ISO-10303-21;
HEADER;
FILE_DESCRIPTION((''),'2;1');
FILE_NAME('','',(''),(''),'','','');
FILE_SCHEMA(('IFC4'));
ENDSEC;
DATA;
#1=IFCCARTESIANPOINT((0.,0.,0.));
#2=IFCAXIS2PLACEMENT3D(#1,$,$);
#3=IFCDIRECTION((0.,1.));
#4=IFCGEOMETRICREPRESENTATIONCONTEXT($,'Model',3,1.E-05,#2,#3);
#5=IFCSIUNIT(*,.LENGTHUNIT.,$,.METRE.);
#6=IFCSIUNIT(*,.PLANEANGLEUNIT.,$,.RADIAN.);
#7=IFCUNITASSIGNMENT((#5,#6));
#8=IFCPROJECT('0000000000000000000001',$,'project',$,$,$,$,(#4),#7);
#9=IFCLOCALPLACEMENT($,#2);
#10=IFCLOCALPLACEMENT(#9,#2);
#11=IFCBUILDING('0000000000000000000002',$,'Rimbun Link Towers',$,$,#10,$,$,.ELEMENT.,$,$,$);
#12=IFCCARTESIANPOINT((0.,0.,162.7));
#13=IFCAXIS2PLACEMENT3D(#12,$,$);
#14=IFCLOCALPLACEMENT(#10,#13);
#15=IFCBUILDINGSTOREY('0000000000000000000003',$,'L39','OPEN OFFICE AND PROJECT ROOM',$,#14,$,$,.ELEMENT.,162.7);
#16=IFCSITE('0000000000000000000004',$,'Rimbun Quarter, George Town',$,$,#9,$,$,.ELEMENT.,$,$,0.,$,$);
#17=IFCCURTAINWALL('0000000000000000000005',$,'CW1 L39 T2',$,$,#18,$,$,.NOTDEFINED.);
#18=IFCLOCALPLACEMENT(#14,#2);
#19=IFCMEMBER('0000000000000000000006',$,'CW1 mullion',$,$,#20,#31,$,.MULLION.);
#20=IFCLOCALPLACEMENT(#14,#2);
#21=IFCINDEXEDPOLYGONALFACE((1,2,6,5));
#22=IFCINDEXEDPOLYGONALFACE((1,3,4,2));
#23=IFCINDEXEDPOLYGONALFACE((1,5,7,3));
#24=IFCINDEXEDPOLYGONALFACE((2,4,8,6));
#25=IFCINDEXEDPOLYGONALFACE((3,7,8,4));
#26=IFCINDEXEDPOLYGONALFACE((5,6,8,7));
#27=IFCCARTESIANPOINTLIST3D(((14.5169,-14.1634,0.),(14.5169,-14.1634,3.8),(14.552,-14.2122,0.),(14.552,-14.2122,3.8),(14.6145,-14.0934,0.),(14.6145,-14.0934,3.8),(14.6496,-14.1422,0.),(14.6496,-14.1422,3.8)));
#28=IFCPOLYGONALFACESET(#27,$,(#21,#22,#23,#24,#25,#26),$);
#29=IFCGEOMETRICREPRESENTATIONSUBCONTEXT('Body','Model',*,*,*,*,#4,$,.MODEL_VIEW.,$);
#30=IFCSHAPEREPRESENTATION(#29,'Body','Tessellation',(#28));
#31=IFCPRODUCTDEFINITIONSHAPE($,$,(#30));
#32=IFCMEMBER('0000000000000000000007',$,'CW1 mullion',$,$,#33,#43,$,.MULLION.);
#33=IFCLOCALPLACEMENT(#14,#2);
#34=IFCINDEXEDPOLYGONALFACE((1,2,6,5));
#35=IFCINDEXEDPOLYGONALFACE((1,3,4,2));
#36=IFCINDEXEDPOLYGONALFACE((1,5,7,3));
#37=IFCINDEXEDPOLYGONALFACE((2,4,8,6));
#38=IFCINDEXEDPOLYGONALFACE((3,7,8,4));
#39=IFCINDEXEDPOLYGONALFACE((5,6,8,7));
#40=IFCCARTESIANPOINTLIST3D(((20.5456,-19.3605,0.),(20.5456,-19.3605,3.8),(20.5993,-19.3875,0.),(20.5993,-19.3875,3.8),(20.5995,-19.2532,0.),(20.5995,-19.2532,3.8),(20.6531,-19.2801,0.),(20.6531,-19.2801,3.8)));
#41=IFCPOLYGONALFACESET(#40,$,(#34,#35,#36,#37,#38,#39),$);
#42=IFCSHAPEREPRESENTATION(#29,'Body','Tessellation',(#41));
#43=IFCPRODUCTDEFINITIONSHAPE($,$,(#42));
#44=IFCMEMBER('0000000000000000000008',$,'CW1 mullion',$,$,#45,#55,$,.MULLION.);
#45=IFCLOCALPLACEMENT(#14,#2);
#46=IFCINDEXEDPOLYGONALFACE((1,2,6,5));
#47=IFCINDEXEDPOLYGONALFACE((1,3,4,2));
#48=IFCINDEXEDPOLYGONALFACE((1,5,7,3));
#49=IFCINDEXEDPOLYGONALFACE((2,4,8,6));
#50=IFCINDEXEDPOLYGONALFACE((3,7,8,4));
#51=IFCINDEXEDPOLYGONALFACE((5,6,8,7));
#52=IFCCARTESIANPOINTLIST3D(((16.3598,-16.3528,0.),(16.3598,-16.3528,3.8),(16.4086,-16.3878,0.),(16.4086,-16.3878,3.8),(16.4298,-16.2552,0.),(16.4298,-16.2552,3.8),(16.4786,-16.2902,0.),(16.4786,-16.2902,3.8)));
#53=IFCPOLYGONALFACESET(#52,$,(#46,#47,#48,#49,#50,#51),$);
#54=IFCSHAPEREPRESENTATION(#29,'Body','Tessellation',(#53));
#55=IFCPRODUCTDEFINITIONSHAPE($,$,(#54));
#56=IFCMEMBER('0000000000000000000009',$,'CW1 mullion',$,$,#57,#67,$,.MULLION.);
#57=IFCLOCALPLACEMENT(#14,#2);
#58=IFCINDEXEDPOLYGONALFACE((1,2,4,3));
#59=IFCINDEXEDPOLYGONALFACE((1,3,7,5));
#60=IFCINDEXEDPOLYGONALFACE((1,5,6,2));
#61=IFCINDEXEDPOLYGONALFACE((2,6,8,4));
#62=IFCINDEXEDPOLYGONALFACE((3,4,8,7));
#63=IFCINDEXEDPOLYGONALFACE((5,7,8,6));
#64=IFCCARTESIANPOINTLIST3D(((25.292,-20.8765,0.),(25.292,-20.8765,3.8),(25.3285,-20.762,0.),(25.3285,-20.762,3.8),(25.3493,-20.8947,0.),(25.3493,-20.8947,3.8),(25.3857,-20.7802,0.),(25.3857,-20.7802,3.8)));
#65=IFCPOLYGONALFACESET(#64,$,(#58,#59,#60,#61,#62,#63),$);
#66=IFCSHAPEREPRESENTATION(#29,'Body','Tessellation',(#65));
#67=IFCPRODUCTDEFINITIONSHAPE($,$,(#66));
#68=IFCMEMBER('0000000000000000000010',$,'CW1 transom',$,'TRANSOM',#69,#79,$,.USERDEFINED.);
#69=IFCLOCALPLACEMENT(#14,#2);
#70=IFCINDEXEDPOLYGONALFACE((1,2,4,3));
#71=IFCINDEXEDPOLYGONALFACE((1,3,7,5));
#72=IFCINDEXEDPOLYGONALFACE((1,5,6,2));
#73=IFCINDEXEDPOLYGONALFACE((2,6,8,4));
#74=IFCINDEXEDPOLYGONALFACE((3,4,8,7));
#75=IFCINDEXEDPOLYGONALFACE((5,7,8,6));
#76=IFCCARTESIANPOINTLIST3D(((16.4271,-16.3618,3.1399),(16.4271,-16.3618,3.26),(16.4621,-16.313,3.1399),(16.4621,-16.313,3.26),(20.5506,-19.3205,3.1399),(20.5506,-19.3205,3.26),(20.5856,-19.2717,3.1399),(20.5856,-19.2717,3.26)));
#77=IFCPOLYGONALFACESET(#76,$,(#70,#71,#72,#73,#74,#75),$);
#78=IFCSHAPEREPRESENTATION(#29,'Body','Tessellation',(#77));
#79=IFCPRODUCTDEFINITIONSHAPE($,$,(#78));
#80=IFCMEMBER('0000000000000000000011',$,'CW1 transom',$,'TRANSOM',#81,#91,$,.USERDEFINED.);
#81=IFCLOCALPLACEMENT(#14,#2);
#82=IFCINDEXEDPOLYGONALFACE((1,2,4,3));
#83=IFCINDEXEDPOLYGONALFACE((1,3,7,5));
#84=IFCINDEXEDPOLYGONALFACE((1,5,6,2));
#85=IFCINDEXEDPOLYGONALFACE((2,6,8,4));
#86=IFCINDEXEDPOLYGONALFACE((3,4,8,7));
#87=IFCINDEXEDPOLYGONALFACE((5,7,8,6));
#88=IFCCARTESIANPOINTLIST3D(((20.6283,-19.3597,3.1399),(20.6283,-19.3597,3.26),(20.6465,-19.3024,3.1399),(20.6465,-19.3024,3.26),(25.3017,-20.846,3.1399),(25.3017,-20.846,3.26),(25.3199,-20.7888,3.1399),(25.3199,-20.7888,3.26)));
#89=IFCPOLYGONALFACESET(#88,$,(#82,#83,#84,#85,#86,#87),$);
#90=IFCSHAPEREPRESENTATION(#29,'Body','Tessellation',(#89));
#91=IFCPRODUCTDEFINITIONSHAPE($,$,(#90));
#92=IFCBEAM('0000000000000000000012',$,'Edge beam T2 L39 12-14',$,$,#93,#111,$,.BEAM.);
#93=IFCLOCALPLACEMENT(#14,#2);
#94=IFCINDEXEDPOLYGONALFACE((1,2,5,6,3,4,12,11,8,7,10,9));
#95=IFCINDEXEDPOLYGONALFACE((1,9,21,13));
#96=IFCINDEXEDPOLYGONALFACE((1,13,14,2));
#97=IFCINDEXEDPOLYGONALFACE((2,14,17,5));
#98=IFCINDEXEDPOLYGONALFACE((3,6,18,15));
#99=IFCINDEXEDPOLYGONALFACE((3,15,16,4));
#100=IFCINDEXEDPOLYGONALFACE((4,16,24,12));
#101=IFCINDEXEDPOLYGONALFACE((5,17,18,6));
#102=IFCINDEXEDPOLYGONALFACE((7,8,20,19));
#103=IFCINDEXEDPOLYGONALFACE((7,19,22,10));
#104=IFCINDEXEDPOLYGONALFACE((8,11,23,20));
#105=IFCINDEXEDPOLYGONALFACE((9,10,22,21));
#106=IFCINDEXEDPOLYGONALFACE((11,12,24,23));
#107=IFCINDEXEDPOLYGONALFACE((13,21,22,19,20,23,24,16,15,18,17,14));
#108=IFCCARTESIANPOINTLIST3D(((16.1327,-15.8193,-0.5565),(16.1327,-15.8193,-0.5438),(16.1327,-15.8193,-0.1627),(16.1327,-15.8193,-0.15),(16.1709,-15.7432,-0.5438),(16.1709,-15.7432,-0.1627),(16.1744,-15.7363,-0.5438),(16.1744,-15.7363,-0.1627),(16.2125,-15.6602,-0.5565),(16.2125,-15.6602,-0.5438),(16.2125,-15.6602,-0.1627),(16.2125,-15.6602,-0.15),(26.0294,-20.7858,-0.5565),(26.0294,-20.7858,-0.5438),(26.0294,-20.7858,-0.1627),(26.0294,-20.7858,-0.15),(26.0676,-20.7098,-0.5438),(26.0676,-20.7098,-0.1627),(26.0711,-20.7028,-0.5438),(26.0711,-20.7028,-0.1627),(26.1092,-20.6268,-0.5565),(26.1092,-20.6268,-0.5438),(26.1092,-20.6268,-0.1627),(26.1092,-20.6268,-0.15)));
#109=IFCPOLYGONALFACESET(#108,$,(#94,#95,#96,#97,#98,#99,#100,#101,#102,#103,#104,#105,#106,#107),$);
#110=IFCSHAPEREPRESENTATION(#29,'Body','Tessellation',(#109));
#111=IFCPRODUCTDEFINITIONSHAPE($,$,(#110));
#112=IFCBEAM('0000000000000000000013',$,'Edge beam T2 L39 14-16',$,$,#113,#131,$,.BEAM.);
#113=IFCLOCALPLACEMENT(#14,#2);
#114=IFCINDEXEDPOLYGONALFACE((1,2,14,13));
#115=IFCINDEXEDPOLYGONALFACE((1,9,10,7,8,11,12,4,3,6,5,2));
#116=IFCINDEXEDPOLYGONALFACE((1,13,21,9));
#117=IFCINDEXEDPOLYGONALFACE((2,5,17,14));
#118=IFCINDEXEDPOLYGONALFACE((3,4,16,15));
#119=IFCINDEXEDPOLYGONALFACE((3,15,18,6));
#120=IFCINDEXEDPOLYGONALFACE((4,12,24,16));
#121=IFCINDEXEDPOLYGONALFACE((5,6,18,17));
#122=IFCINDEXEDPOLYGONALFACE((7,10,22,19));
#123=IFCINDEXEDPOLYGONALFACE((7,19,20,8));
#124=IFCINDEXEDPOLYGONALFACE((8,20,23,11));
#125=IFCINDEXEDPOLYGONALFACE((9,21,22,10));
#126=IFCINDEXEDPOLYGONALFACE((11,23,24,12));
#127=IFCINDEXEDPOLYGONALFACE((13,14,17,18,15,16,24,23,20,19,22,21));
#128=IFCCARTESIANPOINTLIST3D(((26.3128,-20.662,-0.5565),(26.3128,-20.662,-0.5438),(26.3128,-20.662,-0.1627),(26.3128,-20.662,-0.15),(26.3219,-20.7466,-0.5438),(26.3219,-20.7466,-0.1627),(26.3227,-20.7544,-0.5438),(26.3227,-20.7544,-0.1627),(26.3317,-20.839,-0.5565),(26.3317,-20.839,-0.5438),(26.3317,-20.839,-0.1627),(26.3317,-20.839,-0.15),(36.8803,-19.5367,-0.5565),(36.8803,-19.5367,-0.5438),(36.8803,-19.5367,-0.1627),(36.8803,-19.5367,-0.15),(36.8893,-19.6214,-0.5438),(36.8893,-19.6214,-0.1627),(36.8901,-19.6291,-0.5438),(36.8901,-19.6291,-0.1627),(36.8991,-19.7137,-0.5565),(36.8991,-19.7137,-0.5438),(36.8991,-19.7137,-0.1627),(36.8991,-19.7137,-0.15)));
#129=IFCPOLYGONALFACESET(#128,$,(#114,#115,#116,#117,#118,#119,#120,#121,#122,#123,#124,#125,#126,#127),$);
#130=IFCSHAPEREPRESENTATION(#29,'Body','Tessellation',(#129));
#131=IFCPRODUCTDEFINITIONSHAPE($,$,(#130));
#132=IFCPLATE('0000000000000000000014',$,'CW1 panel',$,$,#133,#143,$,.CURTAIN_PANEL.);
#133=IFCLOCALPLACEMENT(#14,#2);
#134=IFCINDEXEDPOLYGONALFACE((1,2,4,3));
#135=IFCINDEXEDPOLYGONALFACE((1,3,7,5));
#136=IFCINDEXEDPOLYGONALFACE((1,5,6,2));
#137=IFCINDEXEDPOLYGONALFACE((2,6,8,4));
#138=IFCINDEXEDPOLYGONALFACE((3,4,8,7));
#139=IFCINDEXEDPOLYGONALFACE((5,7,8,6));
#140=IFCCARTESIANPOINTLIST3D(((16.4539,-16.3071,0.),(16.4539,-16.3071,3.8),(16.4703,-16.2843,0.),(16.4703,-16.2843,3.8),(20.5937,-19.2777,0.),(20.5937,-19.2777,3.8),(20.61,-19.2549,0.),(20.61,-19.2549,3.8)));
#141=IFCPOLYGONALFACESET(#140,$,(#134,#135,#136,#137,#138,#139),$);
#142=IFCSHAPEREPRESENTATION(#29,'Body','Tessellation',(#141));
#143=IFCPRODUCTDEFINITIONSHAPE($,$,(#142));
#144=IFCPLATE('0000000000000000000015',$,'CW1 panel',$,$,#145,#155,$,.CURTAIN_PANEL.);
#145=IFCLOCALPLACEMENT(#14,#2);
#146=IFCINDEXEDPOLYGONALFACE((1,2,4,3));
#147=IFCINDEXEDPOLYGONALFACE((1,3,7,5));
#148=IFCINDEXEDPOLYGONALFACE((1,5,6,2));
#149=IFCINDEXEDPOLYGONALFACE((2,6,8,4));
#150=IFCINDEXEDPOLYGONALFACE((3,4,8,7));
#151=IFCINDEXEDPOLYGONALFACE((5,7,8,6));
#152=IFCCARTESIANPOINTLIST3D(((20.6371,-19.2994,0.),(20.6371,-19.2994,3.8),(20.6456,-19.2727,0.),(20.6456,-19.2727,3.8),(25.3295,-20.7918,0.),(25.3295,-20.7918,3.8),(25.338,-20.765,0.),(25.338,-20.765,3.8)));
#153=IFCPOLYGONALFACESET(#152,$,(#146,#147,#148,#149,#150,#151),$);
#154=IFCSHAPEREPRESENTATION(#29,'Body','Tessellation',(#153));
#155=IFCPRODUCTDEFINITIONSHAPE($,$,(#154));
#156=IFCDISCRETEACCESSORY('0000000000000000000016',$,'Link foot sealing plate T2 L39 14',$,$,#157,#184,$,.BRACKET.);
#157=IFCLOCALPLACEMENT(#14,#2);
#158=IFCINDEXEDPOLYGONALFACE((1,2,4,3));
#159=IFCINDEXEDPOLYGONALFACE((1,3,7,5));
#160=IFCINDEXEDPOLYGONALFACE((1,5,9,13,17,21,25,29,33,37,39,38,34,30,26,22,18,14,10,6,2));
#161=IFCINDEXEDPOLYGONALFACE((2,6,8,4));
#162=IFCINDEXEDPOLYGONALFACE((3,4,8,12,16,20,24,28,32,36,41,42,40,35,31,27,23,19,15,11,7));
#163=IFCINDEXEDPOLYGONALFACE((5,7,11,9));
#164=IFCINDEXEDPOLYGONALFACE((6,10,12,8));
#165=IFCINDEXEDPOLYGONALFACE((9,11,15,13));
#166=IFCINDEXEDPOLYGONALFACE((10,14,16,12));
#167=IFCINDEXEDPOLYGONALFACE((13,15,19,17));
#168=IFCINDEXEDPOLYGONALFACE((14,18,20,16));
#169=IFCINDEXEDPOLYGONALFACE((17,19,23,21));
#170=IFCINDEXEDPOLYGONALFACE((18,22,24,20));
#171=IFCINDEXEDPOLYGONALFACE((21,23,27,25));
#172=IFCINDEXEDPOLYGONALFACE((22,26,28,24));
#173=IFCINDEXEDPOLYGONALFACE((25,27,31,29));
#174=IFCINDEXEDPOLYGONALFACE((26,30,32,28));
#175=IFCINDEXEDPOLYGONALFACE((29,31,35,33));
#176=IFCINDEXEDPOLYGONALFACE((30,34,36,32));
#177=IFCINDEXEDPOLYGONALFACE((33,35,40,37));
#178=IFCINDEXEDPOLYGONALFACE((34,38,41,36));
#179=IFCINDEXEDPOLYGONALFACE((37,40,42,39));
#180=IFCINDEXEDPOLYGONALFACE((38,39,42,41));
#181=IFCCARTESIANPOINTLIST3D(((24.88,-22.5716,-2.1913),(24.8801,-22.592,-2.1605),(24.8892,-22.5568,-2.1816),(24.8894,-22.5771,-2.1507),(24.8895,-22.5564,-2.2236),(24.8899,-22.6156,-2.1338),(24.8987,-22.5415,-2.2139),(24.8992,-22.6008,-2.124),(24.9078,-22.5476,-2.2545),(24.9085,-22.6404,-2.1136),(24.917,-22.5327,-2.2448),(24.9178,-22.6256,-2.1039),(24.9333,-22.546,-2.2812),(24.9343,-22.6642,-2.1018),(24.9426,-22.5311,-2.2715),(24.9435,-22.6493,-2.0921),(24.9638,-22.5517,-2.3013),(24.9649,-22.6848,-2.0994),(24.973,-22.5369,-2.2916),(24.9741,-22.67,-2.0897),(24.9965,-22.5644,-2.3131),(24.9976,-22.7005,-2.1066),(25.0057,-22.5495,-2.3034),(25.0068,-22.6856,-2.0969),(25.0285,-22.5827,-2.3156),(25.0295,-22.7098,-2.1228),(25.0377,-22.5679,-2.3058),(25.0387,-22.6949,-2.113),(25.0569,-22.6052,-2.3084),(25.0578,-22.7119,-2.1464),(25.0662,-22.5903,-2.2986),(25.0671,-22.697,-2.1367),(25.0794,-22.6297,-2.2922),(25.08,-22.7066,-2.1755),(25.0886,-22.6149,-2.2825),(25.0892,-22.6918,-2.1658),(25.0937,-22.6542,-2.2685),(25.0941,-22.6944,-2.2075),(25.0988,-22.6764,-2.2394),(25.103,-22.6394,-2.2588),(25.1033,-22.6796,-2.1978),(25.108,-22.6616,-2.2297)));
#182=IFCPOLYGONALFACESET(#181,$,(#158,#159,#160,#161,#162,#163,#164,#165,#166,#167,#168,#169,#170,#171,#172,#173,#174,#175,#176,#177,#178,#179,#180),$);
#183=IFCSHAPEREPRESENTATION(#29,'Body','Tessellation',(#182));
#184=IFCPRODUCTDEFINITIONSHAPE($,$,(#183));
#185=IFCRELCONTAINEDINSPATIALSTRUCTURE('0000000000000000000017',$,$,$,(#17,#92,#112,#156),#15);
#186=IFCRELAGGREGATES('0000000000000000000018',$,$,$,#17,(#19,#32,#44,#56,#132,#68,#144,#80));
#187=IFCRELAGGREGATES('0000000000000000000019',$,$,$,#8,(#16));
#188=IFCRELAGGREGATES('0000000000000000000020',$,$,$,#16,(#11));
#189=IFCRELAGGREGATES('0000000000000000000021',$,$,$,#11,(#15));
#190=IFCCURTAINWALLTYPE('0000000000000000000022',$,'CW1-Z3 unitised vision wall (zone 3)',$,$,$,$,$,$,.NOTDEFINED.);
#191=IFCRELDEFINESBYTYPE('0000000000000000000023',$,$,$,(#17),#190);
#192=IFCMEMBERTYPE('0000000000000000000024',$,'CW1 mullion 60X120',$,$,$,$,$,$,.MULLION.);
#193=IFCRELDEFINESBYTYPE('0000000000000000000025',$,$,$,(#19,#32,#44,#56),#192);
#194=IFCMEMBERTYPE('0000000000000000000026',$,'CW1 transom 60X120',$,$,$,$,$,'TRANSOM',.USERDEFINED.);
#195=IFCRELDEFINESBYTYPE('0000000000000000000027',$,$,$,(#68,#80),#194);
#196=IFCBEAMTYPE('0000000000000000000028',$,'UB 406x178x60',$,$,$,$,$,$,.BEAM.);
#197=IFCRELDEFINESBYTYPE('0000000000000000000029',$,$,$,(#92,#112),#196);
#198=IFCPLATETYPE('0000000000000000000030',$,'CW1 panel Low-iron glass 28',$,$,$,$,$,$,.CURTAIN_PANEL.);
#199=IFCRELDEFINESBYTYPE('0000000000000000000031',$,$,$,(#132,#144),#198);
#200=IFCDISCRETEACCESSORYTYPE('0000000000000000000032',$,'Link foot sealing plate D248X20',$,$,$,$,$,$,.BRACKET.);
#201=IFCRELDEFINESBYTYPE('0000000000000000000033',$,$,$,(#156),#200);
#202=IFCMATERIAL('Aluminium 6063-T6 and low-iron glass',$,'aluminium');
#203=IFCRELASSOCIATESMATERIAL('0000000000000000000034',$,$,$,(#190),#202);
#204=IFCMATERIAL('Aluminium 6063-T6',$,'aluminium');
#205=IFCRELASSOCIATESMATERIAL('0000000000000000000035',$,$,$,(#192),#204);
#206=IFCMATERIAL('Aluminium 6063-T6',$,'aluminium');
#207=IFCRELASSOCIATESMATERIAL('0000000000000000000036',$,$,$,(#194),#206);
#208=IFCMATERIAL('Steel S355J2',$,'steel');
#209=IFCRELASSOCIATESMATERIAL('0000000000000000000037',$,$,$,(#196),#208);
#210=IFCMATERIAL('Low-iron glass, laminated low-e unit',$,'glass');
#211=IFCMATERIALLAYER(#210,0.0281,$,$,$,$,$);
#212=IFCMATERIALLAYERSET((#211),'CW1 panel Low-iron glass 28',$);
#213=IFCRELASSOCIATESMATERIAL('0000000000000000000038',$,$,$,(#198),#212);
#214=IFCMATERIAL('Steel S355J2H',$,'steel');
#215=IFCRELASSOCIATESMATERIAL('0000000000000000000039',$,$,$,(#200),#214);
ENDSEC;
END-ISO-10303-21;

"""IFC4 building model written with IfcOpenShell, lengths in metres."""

from ifc_helpers import new_model, si_unit, direction, frame, origin, origin_2d, place, context, subcontext, project, spatial, rectangle, circle, i_section, extrude, material, layer, layer_set, material_profile, profile_set, type_object, element, aggregate, save


model = new_model("IFC4")

# Units and contexts
model_context = context("Model", 3, precision=1e-05, world=origin(), true_north=direction((0.0, 1.0)))
body_context = subcontext(model_context, "Body", "Model", "MODEL_VIEW")
ifc_project = project(units=[si_unit("LENGTHUNIT", "METRE"), si_unit("PLANEANGLEUNIT", "RADIAN")], contexts=[model_context])

# Site, building, storey
site_placement = place(None, origin())
site = spatial("IfcSite", under=ifc_project, at=site_placement, Name="Rimbun Quarter, George Town", CompositionType="ELEMENT", RefElevation=0.0)
building_placement = place(site_placement, origin())
building = spatial("IfcBuilding", under=site, at=building_placement, Name="Rimbun Link Towers", CompositionType="ELEMENT")
storey_placement = place(building_placement, frame((0.0, 0.0, 162.7)))
storey = spatial("IfcBuildingStorey", under=building, at=storey_placement, Name="L39", Description="OPEN OFFICE AND PROJECT ROOM", CompositionType="ELEMENT", Elevation=162.7)

# Curtain wall, members
ifc_material_1 = material(Name="Aluminium 6063-T6 and low-iron glass", Category="aluminium")
curtain_wall_type = type_object("IfcCurtainWallType", Name="CW1-Z3 unitised vision wall (zone 3)", PredefinedType="NOTDEFINED", material=ifc_material_1)
curtain_wall_placement = place(storey_placement, origin())
curtain_wall = element("IfcCurtainWall", 1, at=curtain_wall_placement, inside=storey, type_object=curtain_wall_type, Name="CW1 L39 T2", PredefinedType="NOTDEFINED")
ifc_material_2 = material(Name="Aluminium 6063-T6", Category="aluminium")
ifc_material_profile_1 = material_profile(ifc_material_2, rectangle(XDim=0.1201, YDim=0.0601, at=origin_2d()), Name="MULLION 60X120")
ifc_profile_set_1 = profile_set([ifc_material_profile_1], Name="Aluminium 6063-T6")
member_type_1 = type_object("IfcMemberType", Name="CW1 mullion 60X120", PredefinedType="MULLION", material=ifc_profile_set_1)
member_1_placement = place(storey_placement, frame((14.5833, -14.1528, 0.0), z_axis=(0.0, 0.0, 1.0), x_axis=(-0.812469, -0.583004, 0.0)))
member_1 = element("IfcMember", 2, at=member_1_placement, type_object=member_type_1, Name="CW1 mullion", PredefinedType="MULLION", context=body_context, shape_type="SweptSolid", body=[
    extrude(rectangle(XDim=0.1201, YDim=0.0601, at=origin_2d()), origin(), (0.0, 0.0, 1.0), 3.8),
])
member_2_placement = place(storey_placement, frame((20.5994, -19.3203, 0.0), z_axis=(0.0, 0.0, 1.0), x_axis=(-0.448577, -0.893744, 0.0)))
member_2 = element("IfcMember", 3, at=member_2_placement, type_object=member_type_1, Name="CW1 mullion", PredefinedType="MULLION", context=body_context, shape_type="SweptSolid", body=[
    extrude(rectangle(XDim=0.1201, YDim=0.0601, at=origin_2d()), origin(), (0.0, 0.0, 1.0), 3.8),
])
member_3_placement = place(storey_placement, frame((16.4192, -16.3215, 0.0), z_axis=(0.0, 0.0, 1.0), x_axis=(-0.583004, -0.812469, 0.0)))
member_3 = element("IfcMember", 4, at=member_3_placement, type_object=member_type_1, Name="CW1 mullion", PredefinedType="MULLION", context=body_context, shape_type="SweptSolid", body=[
    extrude(rectangle(XDim=0.1201, YDim=0.0601, at=origin_2d()), origin(), (0.0, 0.0, 1.0), 3.8),
])
member_4_placement = place(storey_placement, frame((25.3389, -20.8284, 0.0), z_axis=(0.0, 0.0, 1.0), x_axis=(-0.303082, -0.952965, 0.0)))
member_4 = element("IfcMember", 5, at=member_4_placement, type_object=member_type_1, Name="CW1 mullion", PredefinedType="MULLION", context=body_context, shape_type="SweptSolid", body=[
    extrude(rectangle(XDim=0.1201, YDim=0.0601, at=origin_2d()), origin(), (0.0, 0.0, 1.0), 3.8),
])
ifc_material_3 = material(Name="Aluminium 6063-T6", Category="aluminium")
ifc_material_profile_2 = material_profile(ifc_material_3, rectangle(XDim=0.0601, YDim=0.1201, at=origin_2d()), Name="TRANSOM 60X120")
ifc_profile_set_2 = profile_set([ifc_material_profile_2], Name="Aluminium 6063-T6")
member_type_2 = type_object("IfcMemberType", Name="CW1 transom 60X120", ElementType="TRANSOM", PredefinedType="USERDEFINED", material=ifc_profile_set_2)
member_5_placement = place(storey_placement, frame((20.5681, -19.2961, 3.2), z_axis=(-0.812487, 0.58298, 0.0), x_axis=(-0.58298, -0.812487, 0.0)))
member_5 = element("IfcMember", 6, at=member_5_placement, type_object=member_type_2, Name="CW1 transom", ObjectType="TRANSOM", PredefinedType="USERDEFINED", context=body_context, shape_type="SweptSolid", body=[
    extrude(rectangle(XDim=0.0601, YDim=0.1201, at=origin_2d()), origin(), (0.0, 0.0, 1.0), 5.0752),
])
member_6_placement = place(storey_placement, frame((25.3108, -20.8174, 3.2), z_axis=(-0.952964, 0.303084, 0.0), x_axis=(-0.303084, -0.952964, 0.0)))
member_6 = element("IfcMember", 7, at=member_6_placement, type_object=member_type_2, Name="CW1 transom", ObjectType="TRANSOM", PredefinedType="USERDEFINED", context=body_context, shape_type="SweptSolid", body=[
    extrude(rectangle(XDim=0.0601, YDim=0.1201, at=origin_2d()), origin(), (0.0, 0.0, 1.0), 4.9041),
])

# Beams
ifc_material_4 = material(Name="Steel S355J2", Category="steel")
ifc_material_profile_3 = material_profile(ifc_material_4, i_section(OverallWidth=0.178, OverallDepth=0.4065, WebThickness=0.0078, FlangeThickness=0.0127, at=origin_2d()), Name="UB 406x178x60")
ifc_profile_set_3 = profile_set([ifc_material_profile_3], Name="Steel S355J2")
beam_type = type_object("IfcBeamType", Name="UB 406x178x60", PredefinedType="BEAM", material=ifc_profile_set_3)
beam_1_placement = place(storey_placement, frame((16.1726, -15.7397, -0.3533), z_axis=(0.893769, -0.448527, 0.0), x_axis=(0.448527, 0.893769, 0.0)))
element("IfcBeam", 8, at=beam_1_placement, inside=storey, type_object=beam_type, Name="Edge beam T2 L39 12-14", PredefinedType="BEAM", context=body_context, shape_type="SweptSolid", body=[
    extrude(i_section(OverallWidth=0.178, OverallDepth=0.4065, WebThickness=0.0078, FlangeThickness=0.0127, at=origin_2d()), origin(), (0.0, 0.0, 1.0), 11.073),
])
beam_2_placement = place(storey_placement, frame((26.3223, -20.7505, -0.3533), z_axis=(0.994378, 0.105884, 0.0), x_axis=(-0.105884, 0.994378, 0.0)))
element("IfcBeam", 9, at=beam_2_placement, inside=storey, type_object=beam_type, Name="Edge beam T2 L39 14-16", PredefinedType="BEAM", context=body_context, shape_type="SweptSolid", body=[
    extrude(i_section(OverallWidth=0.178, OverallDepth=0.4065, WebThickness=0.0078, FlangeThickness=0.0127, at=origin_2d()), origin(), (0.0, 0.0, 1.0), 10.6272),
])

# Plates
ifc_material_5 = material(Name="Low-iron glass, laminated low-e unit", Category="glass")
ifc_layer = layer(ifc_material_5, 0.0281)
ifc_layer_set = layer_set([ifc_layer], Name="CW1 panel Low-iron glass 28")
plate_type = type_object("IfcPlateType", Name="CW1 panel Low-iron glass 28", PredefinedType="CURTAIN_PANEL", material=ifc_layer_set)
plate_1_placement = place(storey_placement, frame((18.532, -17.781, 0.0), z_axis=(0.0, 0.0, 1.0), x_axis=(-0.812469, 0.583004, 0.0)))
plate_1 = element("IfcPlate", 10, at=plate_1_placement, type_object=plate_type, Name="CW1 panel", PredefinedType="CURTAIN_PANEL", context=body_context, shape_type="SweptSolid", body=[
    extrude(rectangle(XDim=5.0952, YDim=0.0281, at=origin_2d()), origin(), (0.0, 0.0, 1.0), 3.8),
])
plate_2_placement = place(storey_placement, frame((22.9875, -20.0322, 0.0), z_axis=(0.0, 0.0, 1.0), x_axis=(-0.952965, 0.303082, 0.0)))
plate_2 = element("IfcPlate", 11, at=plate_2_placement, type_object=plate_type, Name="CW1 panel", PredefinedType="CURTAIN_PANEL", context=body_context, shape_type="SweptSolid", body=[
    extrude(rectangle(XDim=4.9241, YDim=0.0281, at=origin_2d()), origin(), (0.0, 0.0, 1.0), 3.8),
])
aggregate(curtain_wall, [member_1, member_2, member_3, member_4, plate_1, member_5, plate_2, member_6])

# Discrete accessory
ifc_material_6 = material(Name="Steel S355J2H", Category="steel")
ifc_material_profile_4 = material_profile(ifc_material_6, circle(Radius=0.124, at=origin_2d()), Name="PL D248")
ifc_profile_set_4 = profile_set([ifc_material_profile_4], Name="Steel S355J2H")
discrete_accessory_type = type_object("IfcDiscreteAccessoryType", Name="Link foot sealing plate D248X20", PredefinedType="BRACKET", material=ifc_profile_set_4)
discrete_accessory_placement = place(storey_placement, frame((24.998, -22.614, -2.1978), z_axis=(-0.462008, -0.741645, -0.486324), x_axis=(0.848779, -0.528748, 0.0)))
element("IfcDiscreteAccessory", 12, at=discrete_accessory_placement, inside=storey, type_object=discrete_accessory_type, Name="Link foot sealing plate T2 L39 14", PredefinedType="BRACKET", context=body_context, shape_type="SweptSolid", body=[
    extrude(circle(Radius=0.124, at=origin_2d()), origin(), (0.0, 0.0, 1.0), 0.02),
])

save(model, "model.ifc")
